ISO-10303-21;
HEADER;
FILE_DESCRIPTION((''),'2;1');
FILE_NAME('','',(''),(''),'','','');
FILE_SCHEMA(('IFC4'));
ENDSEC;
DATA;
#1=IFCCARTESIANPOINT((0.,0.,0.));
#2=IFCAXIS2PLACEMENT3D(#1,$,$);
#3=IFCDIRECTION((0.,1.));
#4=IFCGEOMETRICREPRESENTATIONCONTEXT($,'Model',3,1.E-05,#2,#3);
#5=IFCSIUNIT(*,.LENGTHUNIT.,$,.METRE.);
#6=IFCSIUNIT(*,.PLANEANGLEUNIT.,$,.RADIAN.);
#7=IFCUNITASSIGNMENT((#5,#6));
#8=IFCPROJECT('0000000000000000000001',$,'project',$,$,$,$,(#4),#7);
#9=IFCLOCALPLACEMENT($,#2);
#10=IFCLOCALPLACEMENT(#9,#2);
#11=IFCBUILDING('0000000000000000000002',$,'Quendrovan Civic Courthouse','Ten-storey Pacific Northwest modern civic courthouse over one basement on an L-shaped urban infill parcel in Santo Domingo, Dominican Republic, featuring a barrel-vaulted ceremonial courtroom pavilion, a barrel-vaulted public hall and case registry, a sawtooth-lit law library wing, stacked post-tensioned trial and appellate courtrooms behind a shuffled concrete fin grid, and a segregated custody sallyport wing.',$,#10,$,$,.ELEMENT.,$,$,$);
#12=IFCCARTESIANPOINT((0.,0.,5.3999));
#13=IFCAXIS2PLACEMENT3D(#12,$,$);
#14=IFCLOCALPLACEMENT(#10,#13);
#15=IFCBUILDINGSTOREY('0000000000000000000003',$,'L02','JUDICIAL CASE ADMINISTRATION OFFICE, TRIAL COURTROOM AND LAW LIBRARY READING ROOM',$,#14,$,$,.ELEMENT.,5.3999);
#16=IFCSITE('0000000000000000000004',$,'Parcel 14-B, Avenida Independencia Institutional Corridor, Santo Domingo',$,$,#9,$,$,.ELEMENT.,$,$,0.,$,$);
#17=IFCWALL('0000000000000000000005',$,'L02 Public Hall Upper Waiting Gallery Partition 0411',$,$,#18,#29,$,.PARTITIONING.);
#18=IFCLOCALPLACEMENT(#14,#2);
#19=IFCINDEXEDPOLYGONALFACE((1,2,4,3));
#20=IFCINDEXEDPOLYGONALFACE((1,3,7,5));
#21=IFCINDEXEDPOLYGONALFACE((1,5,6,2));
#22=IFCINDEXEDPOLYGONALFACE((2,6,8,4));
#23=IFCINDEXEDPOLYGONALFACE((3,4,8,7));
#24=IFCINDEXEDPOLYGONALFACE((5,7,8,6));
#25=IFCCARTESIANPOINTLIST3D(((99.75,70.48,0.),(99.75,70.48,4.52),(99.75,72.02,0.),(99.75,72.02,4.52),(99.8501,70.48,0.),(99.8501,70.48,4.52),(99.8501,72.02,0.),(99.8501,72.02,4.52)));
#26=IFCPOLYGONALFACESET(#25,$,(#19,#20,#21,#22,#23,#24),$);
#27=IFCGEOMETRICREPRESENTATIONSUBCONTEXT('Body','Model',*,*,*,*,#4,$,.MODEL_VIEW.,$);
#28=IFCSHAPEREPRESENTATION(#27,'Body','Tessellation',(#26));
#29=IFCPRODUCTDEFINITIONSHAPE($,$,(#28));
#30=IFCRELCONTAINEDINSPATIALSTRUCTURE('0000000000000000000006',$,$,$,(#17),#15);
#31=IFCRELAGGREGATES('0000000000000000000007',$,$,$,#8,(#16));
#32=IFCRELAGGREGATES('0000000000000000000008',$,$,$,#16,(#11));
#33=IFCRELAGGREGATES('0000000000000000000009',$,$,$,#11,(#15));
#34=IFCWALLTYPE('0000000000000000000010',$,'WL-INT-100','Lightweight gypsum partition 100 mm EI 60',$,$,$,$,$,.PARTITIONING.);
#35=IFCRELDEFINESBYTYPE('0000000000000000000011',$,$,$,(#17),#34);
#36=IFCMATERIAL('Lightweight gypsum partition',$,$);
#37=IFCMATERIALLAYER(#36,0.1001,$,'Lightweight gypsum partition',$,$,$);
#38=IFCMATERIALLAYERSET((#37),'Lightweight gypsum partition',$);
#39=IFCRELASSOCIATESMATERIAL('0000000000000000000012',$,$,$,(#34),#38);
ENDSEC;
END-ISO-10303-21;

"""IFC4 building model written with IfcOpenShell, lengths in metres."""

from ifc_helpers import new_model, si_unit, direction, frame, frame_2d, origin, place, context, subcontext, project, spatial, rectangle, extrude, material, layer, layer_set, type_object, element, save


model = new_model("IFC4")

# Units and contexts
model_context = context("Model", 3, precision=1e-05, world=origin(), true_north=direction((0.0, 1.0)))
body_context = subcontext(model_context, "Body", "Model", "MODEL_VIEW")
ifc_project = project(units=[si_unit("LENGTHUNIT", "METRE"), si_unit("PLANEANGLEUNIT", "RADIAN")], contexts=[model_context])

# Site, building, storey
site_placement = place(None, origin())
site = spatial("IfcSite", under=ifc_project, at=site_placement, Name="Parcel 14-B, Avenida Independencia Institutional Corridor, Santo Domingo", CompositionType="ELEMENT", RefElevation=0.0)
building_placement = place(site_placement, origin())
building = spatial("IfcBuilding", under=site, at=building_placement, Name="Quendrovan Civic Courthouse", Description="Ten-storey Pacific Northwest modern civic courthouse over one basement on an L-shaped urban infill parcel in Santo Domingo, Dominican Republic, featuring a barrel-vaulted ceremonial courtroom pavilion, a barrel-vaulted public hall and case registry, a sawtooth-lit law library wing, stacked post-tensioned trial and appellate courtrooms behind a shuffled concrete fin grid, and a segregated custody sallyport wing.", CompositionType="ELEMENT")
storey_placement = place(building_placement, frame((0.0, 0.0, 5.3999)))
storey = spatial("IfcBuildingStorey", under=building, at=storey_placement, Name="L02", Description="JUDICIAL CASE ADMINISTRATION OFFICE, TRIAL COURTROOM AND LAW LIBRARY READING ROOM", CompositionType="ELEMENT", Elevation=5.3999)

# Wall
ifc_material_1 = material(Name="Lightweight gypsum partition")
ifc_layer_1 = layer(ifc_material_1, 0.1001, Name="Lightweight gypsum partition")
ifc_layer_set_1 = layer_set([ifc_layer_1], Name="Lightweight gypsum partition")
wall_type_1 = type_object("IfcWallType", Name="WL-INT-100", Description="Lightweight gypsum partition 100 mm EI 60", PredefinedType="PARTITIONING", material=ifc_layer_set_1)
wall_1_placement = place(storey_placement, frame((99.8, 70.48, 0.0), z_axis=(0.0, 0.0, 1.0), x_axis=(0.0, 1.0, 0.0)))
element("IfcWall", 1, at=wall_1_placement, inside=storey, type_object=wall_type_1, Name="L02 Public Hall Upper Waiting Gallery Partition 0411", PredefinedType="PARTITIONING", context=body_context, shape_type="SweptSolid", body=[
    extrude(rectangle(XDim=1.54, YDim=0.1001, at=frame_2d((0.77, 0.0))), origin(), (0.0, 0.0, 1.0), 4.52),
])

save(model, "model.ifc")
